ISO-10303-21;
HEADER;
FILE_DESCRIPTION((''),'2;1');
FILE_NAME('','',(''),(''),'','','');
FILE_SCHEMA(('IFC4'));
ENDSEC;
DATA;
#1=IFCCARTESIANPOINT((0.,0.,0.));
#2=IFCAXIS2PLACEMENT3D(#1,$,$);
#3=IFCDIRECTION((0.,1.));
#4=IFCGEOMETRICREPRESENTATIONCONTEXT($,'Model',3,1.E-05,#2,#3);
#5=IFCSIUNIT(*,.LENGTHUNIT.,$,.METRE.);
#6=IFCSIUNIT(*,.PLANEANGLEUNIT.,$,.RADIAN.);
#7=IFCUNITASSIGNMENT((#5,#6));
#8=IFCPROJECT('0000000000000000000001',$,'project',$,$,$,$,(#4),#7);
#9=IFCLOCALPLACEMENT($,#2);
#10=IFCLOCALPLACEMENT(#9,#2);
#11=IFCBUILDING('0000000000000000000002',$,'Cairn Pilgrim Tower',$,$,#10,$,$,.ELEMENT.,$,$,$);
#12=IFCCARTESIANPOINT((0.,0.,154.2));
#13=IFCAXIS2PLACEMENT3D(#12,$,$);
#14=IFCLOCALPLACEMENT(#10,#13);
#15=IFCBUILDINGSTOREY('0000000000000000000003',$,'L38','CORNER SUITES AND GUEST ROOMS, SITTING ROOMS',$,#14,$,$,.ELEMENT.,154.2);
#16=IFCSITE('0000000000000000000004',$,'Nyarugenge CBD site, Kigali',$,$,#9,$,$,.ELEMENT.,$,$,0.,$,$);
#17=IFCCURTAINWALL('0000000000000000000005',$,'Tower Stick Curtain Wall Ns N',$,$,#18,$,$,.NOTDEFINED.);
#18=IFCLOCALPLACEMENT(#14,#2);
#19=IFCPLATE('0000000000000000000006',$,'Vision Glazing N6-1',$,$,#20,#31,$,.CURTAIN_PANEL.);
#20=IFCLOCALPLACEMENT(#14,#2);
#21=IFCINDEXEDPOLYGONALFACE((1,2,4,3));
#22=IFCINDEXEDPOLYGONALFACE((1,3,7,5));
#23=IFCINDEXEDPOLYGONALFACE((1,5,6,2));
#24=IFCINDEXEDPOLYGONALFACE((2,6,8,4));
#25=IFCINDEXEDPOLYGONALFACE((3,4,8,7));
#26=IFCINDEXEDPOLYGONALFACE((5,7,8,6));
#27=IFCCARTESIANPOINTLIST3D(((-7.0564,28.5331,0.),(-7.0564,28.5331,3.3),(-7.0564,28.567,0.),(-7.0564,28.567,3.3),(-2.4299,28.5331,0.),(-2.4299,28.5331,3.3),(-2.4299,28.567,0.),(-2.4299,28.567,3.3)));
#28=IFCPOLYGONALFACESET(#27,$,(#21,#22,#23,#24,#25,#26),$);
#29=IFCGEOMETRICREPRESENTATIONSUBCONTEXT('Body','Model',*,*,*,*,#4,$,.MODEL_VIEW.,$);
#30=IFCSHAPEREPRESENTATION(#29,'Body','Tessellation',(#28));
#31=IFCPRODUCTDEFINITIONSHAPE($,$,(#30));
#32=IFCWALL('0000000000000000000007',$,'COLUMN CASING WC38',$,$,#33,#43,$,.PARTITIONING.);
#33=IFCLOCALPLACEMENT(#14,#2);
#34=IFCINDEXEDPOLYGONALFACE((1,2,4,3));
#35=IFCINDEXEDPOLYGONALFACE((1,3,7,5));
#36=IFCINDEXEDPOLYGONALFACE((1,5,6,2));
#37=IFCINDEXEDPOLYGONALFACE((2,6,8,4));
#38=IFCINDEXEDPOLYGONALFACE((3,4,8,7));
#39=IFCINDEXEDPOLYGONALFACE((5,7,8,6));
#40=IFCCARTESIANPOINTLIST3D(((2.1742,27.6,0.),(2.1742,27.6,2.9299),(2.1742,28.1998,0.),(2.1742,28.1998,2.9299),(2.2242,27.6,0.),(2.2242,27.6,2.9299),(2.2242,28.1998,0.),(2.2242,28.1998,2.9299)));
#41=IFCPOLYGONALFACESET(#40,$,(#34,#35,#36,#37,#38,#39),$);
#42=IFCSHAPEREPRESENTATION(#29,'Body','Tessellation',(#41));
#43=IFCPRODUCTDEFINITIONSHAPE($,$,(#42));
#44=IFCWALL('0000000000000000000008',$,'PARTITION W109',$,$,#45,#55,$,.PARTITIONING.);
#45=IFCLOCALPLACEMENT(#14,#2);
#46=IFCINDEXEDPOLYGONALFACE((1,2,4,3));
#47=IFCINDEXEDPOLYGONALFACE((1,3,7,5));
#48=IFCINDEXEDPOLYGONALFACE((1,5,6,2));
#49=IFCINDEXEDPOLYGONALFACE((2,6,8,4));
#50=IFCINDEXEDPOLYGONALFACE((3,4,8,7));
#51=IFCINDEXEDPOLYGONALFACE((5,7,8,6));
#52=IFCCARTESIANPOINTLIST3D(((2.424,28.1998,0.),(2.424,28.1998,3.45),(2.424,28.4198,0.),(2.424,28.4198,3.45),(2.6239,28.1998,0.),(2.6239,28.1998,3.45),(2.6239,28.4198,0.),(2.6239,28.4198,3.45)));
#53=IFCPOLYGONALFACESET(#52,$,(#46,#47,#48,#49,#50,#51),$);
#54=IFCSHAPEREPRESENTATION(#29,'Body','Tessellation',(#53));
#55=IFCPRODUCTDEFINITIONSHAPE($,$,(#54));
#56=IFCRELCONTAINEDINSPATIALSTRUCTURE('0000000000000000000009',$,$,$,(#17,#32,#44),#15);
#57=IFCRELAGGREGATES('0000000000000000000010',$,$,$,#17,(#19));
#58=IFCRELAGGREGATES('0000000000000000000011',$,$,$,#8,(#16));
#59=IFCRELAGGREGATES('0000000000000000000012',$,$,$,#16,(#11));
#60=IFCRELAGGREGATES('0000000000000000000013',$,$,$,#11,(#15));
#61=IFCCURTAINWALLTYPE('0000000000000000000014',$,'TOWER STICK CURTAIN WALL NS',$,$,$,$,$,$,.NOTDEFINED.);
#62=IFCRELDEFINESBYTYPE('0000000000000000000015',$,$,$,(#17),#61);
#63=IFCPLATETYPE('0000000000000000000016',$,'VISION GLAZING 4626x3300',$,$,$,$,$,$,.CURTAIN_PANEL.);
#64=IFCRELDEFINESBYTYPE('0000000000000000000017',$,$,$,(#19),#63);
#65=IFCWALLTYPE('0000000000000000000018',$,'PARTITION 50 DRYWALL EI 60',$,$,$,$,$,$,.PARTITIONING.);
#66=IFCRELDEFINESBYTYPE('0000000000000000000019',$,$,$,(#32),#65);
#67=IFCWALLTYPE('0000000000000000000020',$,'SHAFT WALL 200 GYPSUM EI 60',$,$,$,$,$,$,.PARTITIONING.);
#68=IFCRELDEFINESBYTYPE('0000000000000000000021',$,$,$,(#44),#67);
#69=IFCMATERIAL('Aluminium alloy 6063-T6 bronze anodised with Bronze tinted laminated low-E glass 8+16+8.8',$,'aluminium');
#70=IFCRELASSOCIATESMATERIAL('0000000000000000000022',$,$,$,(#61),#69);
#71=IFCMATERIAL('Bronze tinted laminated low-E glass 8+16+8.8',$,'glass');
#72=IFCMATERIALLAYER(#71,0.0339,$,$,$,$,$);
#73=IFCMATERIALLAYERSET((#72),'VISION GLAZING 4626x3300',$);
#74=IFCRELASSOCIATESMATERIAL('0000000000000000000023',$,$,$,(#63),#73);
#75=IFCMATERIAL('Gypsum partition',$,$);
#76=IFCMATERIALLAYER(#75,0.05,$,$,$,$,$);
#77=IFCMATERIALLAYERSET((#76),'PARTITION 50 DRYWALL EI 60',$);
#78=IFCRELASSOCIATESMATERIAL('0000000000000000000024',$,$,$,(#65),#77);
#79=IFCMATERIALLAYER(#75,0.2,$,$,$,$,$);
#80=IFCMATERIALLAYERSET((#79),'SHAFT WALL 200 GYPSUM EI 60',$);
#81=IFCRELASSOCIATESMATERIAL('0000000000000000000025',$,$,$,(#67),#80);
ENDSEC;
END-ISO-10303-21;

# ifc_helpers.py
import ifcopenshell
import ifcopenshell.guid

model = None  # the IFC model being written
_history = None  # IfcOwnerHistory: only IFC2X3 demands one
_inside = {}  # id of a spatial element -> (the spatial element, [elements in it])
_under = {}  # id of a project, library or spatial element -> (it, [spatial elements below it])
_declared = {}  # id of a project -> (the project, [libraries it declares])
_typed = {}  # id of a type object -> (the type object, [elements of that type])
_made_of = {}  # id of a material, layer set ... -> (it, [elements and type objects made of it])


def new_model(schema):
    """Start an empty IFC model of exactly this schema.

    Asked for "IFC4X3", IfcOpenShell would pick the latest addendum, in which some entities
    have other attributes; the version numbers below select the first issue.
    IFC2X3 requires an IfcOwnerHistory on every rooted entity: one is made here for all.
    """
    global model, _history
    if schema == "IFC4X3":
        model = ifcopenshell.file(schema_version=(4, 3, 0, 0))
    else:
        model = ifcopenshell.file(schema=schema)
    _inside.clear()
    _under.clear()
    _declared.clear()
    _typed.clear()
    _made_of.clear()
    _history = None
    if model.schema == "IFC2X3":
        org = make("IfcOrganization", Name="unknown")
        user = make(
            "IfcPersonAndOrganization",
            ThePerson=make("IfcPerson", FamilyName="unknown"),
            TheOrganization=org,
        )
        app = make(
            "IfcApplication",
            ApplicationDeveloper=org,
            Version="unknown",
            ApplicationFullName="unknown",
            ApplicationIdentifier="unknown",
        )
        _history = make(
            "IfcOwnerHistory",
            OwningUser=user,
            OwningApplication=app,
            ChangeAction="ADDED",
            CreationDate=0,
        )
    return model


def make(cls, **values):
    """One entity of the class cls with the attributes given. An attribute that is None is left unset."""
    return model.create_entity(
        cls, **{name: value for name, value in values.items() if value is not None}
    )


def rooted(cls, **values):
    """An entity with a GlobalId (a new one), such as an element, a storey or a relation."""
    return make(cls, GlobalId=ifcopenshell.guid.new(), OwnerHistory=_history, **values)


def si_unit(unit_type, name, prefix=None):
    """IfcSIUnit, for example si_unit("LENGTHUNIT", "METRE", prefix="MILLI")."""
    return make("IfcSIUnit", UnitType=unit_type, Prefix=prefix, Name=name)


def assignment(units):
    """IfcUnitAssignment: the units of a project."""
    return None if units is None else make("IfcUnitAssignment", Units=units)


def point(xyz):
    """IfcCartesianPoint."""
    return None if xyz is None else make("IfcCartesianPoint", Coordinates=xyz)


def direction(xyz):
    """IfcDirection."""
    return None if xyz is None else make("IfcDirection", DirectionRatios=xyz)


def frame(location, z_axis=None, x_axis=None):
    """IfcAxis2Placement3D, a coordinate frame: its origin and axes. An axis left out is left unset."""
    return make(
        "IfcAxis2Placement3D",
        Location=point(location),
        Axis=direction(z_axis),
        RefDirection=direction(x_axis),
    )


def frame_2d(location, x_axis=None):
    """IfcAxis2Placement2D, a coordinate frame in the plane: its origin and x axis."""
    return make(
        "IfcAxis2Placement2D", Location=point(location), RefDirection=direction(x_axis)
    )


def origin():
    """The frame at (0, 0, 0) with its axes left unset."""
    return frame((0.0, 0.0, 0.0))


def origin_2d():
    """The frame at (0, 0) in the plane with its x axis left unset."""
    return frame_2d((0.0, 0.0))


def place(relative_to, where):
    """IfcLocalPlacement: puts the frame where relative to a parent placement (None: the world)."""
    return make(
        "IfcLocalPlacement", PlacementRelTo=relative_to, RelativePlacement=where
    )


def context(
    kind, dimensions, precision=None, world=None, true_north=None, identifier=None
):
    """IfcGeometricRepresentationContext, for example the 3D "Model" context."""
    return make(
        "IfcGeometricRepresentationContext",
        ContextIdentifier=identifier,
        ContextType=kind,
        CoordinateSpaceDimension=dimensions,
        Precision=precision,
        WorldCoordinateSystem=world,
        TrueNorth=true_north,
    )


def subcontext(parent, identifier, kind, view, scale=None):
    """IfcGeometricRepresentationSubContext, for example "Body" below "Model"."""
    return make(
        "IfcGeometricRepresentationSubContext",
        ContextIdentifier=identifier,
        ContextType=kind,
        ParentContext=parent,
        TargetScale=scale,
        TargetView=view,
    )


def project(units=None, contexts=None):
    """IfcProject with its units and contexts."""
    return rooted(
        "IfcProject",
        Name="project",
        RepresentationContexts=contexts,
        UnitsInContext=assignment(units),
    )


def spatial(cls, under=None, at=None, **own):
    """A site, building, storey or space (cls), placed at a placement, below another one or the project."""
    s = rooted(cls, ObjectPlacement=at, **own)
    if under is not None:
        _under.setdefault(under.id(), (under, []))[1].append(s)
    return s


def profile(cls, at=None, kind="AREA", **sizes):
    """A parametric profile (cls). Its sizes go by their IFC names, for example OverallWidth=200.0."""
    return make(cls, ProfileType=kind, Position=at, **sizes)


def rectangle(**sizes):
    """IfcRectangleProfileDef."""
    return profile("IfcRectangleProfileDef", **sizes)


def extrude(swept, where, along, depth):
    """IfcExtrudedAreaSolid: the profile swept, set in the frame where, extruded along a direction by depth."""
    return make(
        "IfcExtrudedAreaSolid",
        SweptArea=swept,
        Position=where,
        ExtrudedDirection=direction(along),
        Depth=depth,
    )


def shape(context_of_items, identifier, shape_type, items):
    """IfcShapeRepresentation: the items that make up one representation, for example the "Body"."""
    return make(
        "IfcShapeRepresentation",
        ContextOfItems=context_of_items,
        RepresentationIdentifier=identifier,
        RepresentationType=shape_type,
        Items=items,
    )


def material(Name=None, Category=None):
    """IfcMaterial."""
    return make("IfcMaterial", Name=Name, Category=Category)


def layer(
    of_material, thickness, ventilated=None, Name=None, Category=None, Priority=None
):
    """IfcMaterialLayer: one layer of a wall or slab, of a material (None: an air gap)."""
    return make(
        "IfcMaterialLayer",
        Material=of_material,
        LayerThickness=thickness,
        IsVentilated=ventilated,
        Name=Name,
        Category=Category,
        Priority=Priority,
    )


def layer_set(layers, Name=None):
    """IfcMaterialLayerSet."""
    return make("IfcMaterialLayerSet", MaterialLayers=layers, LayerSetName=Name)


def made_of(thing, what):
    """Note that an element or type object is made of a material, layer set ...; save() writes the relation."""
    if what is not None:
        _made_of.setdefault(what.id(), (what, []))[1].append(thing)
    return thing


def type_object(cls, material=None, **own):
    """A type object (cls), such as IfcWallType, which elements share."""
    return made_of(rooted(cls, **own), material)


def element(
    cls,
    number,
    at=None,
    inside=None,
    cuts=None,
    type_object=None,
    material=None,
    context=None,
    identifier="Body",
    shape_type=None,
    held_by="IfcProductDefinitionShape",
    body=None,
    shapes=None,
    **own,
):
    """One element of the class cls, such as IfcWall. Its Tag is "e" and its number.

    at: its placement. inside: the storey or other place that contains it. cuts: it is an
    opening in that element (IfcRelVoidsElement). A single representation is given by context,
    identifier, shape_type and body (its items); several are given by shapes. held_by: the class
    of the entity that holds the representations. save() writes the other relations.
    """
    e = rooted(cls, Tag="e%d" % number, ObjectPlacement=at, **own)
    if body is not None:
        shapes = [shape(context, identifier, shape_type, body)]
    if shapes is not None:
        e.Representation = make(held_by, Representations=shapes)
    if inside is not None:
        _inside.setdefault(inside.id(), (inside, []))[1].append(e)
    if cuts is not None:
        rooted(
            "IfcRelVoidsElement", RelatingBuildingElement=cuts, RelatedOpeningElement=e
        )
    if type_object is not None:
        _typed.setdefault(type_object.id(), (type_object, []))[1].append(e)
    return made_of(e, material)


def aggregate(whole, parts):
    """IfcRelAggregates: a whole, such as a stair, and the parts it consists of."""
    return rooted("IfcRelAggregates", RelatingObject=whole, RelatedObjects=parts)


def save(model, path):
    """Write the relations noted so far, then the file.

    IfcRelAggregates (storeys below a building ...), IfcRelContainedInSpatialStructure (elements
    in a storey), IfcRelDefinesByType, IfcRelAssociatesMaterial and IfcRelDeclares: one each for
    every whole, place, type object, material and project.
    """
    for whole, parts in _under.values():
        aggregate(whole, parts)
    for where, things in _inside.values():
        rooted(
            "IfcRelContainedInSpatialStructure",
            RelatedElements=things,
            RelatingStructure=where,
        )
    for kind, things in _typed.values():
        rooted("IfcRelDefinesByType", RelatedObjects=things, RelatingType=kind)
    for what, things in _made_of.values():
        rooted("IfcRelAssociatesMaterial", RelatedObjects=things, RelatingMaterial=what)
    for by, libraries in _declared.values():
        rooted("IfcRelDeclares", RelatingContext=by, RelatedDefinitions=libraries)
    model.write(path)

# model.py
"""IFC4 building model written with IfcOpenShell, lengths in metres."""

from ifc_helpers import new_model, si_unit, direction, frame, frame_2d, origin, origin_2d, place, context, subcontext, project, spatial, rectangle, extrude, material, layer, layer_set, type_object, element, aggregate, save


model = new_model("IFC4")

# Units and contexts
model_context = context("Model", 3, precision=1e-05, world=origin(), true_north=direction((0.0, 1.0)))
body_context = subcontext(model_context, "Body", "Model", "MODEL_VIEW")
ifc_project = project(units=[si_unit("LENGTHUNIT", "METRE"), si_unit("PLANEANGLEUNIT", "RADIAN")], contexts=[model_context])

# Site, building, storey
site_placement = place(None, origin())
site = spatial("IfcSite", under=ifc_project, at=site_placement, Name="Nyarugenge CBD site, Kigali", CompositionType="ELEMENT", RefElevation=0.0)
building_placement = place(site_placement, origin())
building = spatial("IfcBuilding", under=site, at=building_placement, Name="Cairn Pilgrim Tower", CompositionType="ELEMENT")
storey_placement = place(building_placement, frame((0.0, 0.0, 154.2)))
storey = spatial("IfcBuildingStorey", under=building, at=storey_placement, Name="L38", Description="CORNER SUITES AND GUEST ROOMS, SITTING ROOMS", CompositionType="ELEMENT", Elevation=154.2)

# Curtain wall
ifc_material_1 = material(Name="Aluminium alloy 6063-T6 bronze anodised with Bronze tinted laminated low-E glass 8+16+8.8", Category="aluminium")
curtain_wall_type_1 = type_object("IfcCurtainWallType", Name="TOWER STICK CURTAIN WALL NS", PredefinedType="NOTDEFINED", material=ifc_material_1)
curtain_wall_1_placement = place(storey_placement, origin())
curtain_wall_1 = element("IfcCurtainWall", 1, at=curtain_wall_1_placement, inside=storey, type_object=curtain_wall_type_1, Name="Tower Stick Curtain Wall Ns N", PredefinedType="NOTDEFINED")

# Plate
ifc_material_2 = material(Name="Bronze tinted laminated low-E glass 8+16+8.8", Category="glass")
ifc_layer_1 = layer(ifc_material_2, 0.0339)
ifc_layer_set_1 = layer_set([ifc_layer_1], Name="VISION GLAZING 4626x3300")
plate_type = type_object("IfcPlateType", Name="VISION GLAZING 4626x3300", PredefinedType="CURTAIN_PANEL", material=ifc_layer_set_1)
plate_placement = place(storey_placement, frame((-4.7432, 28.55, 0.0), z_axis=(0.0, 0.0, 1.0), x_axis=(-1.0, 0.0, 0.0)))
plate = element("IfcPlate", 2, at=plate_placement, type_object=plate_type, Name="Vision Glazing N6-1", PredefinedType="CURTAIN_PANEL", context=body_context, shape_type="SweptSolid", body=[
    extrude(rectangle(XDim=4.6265, YDim=0.0339, at=origin_2d()), origin(), (0.0, 0.0, 1.0), 3.3),
])
aggregate(curtain_wall_1, [plate])

# Walls
ifc_material_3 = material(Name="Gypsum partition")
ifc_layer_2 = layer(ifc_material_3, 0.05)
ifc_layer_set_2 = layer_set([ifc_layer_2], Name="PARTITION 50 DRYWALL EI 60")
wall_type_1 = type_object("IfcWallType", Name="PARTITION 50 DRYWALL EI 60", PredefinedType="PARTITIONING", material=ifc_layer_set_2)
wall_1_placement = place(storey_placement, frame((2.1992, 27.6001, 0.0), z_axis=(0.0, 0.0, 1.0), x_axis=(0.0, 1.0, 0.0)))
element("IfcWall", 3, at=wall_1_placement, inside=storey, type_object=wall_type_1, Name="COLUMN CASING WC38", PredefinedType="PARTITIONING", context=body_context, shape_type="SweptSolid", body=[
    extrude(rectangle(XDim=0.5999, YDim=0.05, at=frame_2d((0.2998, 0.0))), origin(), (0.0, 0.0, 1.0), 2.9299),
])
ifc_layer_3 = layer(ifc_material_3, 0.2)
ifc_layer_set_3 = layer_set([ifc_layer_3], Name="SHAFT WALL 200 GYPSUM EI 60")
wall_type_2 = type_object("IfcWallType", Name="SHAFT WALL 200 GYPSUM EI 60", PredefinedType="PARTITIONING", material=ifc_layer_set_3)
wall_2_placement = place(storey_placement, frame((2.5239, 28.2, 0.0), z_axis=(0.0, 0.0, 1.0), x_axis=(0.0, 1.0, 0.0)))
element("IfcWall", 4, at=wall_2_placement, inside=storey, type_object=wall_type_2, Name="PARTITION W109", PredefinedType="PARTITIONING", context=body_context, shape_type="SweptSolid", body=[
    extrude(rectangle(XDim=0.22, YDim=0.2, at=frame_2d((0.1099, 0.0))), origin(), (0.0, 0.0, 1.0), 3.45),
])

save(model, "model.ifc")
